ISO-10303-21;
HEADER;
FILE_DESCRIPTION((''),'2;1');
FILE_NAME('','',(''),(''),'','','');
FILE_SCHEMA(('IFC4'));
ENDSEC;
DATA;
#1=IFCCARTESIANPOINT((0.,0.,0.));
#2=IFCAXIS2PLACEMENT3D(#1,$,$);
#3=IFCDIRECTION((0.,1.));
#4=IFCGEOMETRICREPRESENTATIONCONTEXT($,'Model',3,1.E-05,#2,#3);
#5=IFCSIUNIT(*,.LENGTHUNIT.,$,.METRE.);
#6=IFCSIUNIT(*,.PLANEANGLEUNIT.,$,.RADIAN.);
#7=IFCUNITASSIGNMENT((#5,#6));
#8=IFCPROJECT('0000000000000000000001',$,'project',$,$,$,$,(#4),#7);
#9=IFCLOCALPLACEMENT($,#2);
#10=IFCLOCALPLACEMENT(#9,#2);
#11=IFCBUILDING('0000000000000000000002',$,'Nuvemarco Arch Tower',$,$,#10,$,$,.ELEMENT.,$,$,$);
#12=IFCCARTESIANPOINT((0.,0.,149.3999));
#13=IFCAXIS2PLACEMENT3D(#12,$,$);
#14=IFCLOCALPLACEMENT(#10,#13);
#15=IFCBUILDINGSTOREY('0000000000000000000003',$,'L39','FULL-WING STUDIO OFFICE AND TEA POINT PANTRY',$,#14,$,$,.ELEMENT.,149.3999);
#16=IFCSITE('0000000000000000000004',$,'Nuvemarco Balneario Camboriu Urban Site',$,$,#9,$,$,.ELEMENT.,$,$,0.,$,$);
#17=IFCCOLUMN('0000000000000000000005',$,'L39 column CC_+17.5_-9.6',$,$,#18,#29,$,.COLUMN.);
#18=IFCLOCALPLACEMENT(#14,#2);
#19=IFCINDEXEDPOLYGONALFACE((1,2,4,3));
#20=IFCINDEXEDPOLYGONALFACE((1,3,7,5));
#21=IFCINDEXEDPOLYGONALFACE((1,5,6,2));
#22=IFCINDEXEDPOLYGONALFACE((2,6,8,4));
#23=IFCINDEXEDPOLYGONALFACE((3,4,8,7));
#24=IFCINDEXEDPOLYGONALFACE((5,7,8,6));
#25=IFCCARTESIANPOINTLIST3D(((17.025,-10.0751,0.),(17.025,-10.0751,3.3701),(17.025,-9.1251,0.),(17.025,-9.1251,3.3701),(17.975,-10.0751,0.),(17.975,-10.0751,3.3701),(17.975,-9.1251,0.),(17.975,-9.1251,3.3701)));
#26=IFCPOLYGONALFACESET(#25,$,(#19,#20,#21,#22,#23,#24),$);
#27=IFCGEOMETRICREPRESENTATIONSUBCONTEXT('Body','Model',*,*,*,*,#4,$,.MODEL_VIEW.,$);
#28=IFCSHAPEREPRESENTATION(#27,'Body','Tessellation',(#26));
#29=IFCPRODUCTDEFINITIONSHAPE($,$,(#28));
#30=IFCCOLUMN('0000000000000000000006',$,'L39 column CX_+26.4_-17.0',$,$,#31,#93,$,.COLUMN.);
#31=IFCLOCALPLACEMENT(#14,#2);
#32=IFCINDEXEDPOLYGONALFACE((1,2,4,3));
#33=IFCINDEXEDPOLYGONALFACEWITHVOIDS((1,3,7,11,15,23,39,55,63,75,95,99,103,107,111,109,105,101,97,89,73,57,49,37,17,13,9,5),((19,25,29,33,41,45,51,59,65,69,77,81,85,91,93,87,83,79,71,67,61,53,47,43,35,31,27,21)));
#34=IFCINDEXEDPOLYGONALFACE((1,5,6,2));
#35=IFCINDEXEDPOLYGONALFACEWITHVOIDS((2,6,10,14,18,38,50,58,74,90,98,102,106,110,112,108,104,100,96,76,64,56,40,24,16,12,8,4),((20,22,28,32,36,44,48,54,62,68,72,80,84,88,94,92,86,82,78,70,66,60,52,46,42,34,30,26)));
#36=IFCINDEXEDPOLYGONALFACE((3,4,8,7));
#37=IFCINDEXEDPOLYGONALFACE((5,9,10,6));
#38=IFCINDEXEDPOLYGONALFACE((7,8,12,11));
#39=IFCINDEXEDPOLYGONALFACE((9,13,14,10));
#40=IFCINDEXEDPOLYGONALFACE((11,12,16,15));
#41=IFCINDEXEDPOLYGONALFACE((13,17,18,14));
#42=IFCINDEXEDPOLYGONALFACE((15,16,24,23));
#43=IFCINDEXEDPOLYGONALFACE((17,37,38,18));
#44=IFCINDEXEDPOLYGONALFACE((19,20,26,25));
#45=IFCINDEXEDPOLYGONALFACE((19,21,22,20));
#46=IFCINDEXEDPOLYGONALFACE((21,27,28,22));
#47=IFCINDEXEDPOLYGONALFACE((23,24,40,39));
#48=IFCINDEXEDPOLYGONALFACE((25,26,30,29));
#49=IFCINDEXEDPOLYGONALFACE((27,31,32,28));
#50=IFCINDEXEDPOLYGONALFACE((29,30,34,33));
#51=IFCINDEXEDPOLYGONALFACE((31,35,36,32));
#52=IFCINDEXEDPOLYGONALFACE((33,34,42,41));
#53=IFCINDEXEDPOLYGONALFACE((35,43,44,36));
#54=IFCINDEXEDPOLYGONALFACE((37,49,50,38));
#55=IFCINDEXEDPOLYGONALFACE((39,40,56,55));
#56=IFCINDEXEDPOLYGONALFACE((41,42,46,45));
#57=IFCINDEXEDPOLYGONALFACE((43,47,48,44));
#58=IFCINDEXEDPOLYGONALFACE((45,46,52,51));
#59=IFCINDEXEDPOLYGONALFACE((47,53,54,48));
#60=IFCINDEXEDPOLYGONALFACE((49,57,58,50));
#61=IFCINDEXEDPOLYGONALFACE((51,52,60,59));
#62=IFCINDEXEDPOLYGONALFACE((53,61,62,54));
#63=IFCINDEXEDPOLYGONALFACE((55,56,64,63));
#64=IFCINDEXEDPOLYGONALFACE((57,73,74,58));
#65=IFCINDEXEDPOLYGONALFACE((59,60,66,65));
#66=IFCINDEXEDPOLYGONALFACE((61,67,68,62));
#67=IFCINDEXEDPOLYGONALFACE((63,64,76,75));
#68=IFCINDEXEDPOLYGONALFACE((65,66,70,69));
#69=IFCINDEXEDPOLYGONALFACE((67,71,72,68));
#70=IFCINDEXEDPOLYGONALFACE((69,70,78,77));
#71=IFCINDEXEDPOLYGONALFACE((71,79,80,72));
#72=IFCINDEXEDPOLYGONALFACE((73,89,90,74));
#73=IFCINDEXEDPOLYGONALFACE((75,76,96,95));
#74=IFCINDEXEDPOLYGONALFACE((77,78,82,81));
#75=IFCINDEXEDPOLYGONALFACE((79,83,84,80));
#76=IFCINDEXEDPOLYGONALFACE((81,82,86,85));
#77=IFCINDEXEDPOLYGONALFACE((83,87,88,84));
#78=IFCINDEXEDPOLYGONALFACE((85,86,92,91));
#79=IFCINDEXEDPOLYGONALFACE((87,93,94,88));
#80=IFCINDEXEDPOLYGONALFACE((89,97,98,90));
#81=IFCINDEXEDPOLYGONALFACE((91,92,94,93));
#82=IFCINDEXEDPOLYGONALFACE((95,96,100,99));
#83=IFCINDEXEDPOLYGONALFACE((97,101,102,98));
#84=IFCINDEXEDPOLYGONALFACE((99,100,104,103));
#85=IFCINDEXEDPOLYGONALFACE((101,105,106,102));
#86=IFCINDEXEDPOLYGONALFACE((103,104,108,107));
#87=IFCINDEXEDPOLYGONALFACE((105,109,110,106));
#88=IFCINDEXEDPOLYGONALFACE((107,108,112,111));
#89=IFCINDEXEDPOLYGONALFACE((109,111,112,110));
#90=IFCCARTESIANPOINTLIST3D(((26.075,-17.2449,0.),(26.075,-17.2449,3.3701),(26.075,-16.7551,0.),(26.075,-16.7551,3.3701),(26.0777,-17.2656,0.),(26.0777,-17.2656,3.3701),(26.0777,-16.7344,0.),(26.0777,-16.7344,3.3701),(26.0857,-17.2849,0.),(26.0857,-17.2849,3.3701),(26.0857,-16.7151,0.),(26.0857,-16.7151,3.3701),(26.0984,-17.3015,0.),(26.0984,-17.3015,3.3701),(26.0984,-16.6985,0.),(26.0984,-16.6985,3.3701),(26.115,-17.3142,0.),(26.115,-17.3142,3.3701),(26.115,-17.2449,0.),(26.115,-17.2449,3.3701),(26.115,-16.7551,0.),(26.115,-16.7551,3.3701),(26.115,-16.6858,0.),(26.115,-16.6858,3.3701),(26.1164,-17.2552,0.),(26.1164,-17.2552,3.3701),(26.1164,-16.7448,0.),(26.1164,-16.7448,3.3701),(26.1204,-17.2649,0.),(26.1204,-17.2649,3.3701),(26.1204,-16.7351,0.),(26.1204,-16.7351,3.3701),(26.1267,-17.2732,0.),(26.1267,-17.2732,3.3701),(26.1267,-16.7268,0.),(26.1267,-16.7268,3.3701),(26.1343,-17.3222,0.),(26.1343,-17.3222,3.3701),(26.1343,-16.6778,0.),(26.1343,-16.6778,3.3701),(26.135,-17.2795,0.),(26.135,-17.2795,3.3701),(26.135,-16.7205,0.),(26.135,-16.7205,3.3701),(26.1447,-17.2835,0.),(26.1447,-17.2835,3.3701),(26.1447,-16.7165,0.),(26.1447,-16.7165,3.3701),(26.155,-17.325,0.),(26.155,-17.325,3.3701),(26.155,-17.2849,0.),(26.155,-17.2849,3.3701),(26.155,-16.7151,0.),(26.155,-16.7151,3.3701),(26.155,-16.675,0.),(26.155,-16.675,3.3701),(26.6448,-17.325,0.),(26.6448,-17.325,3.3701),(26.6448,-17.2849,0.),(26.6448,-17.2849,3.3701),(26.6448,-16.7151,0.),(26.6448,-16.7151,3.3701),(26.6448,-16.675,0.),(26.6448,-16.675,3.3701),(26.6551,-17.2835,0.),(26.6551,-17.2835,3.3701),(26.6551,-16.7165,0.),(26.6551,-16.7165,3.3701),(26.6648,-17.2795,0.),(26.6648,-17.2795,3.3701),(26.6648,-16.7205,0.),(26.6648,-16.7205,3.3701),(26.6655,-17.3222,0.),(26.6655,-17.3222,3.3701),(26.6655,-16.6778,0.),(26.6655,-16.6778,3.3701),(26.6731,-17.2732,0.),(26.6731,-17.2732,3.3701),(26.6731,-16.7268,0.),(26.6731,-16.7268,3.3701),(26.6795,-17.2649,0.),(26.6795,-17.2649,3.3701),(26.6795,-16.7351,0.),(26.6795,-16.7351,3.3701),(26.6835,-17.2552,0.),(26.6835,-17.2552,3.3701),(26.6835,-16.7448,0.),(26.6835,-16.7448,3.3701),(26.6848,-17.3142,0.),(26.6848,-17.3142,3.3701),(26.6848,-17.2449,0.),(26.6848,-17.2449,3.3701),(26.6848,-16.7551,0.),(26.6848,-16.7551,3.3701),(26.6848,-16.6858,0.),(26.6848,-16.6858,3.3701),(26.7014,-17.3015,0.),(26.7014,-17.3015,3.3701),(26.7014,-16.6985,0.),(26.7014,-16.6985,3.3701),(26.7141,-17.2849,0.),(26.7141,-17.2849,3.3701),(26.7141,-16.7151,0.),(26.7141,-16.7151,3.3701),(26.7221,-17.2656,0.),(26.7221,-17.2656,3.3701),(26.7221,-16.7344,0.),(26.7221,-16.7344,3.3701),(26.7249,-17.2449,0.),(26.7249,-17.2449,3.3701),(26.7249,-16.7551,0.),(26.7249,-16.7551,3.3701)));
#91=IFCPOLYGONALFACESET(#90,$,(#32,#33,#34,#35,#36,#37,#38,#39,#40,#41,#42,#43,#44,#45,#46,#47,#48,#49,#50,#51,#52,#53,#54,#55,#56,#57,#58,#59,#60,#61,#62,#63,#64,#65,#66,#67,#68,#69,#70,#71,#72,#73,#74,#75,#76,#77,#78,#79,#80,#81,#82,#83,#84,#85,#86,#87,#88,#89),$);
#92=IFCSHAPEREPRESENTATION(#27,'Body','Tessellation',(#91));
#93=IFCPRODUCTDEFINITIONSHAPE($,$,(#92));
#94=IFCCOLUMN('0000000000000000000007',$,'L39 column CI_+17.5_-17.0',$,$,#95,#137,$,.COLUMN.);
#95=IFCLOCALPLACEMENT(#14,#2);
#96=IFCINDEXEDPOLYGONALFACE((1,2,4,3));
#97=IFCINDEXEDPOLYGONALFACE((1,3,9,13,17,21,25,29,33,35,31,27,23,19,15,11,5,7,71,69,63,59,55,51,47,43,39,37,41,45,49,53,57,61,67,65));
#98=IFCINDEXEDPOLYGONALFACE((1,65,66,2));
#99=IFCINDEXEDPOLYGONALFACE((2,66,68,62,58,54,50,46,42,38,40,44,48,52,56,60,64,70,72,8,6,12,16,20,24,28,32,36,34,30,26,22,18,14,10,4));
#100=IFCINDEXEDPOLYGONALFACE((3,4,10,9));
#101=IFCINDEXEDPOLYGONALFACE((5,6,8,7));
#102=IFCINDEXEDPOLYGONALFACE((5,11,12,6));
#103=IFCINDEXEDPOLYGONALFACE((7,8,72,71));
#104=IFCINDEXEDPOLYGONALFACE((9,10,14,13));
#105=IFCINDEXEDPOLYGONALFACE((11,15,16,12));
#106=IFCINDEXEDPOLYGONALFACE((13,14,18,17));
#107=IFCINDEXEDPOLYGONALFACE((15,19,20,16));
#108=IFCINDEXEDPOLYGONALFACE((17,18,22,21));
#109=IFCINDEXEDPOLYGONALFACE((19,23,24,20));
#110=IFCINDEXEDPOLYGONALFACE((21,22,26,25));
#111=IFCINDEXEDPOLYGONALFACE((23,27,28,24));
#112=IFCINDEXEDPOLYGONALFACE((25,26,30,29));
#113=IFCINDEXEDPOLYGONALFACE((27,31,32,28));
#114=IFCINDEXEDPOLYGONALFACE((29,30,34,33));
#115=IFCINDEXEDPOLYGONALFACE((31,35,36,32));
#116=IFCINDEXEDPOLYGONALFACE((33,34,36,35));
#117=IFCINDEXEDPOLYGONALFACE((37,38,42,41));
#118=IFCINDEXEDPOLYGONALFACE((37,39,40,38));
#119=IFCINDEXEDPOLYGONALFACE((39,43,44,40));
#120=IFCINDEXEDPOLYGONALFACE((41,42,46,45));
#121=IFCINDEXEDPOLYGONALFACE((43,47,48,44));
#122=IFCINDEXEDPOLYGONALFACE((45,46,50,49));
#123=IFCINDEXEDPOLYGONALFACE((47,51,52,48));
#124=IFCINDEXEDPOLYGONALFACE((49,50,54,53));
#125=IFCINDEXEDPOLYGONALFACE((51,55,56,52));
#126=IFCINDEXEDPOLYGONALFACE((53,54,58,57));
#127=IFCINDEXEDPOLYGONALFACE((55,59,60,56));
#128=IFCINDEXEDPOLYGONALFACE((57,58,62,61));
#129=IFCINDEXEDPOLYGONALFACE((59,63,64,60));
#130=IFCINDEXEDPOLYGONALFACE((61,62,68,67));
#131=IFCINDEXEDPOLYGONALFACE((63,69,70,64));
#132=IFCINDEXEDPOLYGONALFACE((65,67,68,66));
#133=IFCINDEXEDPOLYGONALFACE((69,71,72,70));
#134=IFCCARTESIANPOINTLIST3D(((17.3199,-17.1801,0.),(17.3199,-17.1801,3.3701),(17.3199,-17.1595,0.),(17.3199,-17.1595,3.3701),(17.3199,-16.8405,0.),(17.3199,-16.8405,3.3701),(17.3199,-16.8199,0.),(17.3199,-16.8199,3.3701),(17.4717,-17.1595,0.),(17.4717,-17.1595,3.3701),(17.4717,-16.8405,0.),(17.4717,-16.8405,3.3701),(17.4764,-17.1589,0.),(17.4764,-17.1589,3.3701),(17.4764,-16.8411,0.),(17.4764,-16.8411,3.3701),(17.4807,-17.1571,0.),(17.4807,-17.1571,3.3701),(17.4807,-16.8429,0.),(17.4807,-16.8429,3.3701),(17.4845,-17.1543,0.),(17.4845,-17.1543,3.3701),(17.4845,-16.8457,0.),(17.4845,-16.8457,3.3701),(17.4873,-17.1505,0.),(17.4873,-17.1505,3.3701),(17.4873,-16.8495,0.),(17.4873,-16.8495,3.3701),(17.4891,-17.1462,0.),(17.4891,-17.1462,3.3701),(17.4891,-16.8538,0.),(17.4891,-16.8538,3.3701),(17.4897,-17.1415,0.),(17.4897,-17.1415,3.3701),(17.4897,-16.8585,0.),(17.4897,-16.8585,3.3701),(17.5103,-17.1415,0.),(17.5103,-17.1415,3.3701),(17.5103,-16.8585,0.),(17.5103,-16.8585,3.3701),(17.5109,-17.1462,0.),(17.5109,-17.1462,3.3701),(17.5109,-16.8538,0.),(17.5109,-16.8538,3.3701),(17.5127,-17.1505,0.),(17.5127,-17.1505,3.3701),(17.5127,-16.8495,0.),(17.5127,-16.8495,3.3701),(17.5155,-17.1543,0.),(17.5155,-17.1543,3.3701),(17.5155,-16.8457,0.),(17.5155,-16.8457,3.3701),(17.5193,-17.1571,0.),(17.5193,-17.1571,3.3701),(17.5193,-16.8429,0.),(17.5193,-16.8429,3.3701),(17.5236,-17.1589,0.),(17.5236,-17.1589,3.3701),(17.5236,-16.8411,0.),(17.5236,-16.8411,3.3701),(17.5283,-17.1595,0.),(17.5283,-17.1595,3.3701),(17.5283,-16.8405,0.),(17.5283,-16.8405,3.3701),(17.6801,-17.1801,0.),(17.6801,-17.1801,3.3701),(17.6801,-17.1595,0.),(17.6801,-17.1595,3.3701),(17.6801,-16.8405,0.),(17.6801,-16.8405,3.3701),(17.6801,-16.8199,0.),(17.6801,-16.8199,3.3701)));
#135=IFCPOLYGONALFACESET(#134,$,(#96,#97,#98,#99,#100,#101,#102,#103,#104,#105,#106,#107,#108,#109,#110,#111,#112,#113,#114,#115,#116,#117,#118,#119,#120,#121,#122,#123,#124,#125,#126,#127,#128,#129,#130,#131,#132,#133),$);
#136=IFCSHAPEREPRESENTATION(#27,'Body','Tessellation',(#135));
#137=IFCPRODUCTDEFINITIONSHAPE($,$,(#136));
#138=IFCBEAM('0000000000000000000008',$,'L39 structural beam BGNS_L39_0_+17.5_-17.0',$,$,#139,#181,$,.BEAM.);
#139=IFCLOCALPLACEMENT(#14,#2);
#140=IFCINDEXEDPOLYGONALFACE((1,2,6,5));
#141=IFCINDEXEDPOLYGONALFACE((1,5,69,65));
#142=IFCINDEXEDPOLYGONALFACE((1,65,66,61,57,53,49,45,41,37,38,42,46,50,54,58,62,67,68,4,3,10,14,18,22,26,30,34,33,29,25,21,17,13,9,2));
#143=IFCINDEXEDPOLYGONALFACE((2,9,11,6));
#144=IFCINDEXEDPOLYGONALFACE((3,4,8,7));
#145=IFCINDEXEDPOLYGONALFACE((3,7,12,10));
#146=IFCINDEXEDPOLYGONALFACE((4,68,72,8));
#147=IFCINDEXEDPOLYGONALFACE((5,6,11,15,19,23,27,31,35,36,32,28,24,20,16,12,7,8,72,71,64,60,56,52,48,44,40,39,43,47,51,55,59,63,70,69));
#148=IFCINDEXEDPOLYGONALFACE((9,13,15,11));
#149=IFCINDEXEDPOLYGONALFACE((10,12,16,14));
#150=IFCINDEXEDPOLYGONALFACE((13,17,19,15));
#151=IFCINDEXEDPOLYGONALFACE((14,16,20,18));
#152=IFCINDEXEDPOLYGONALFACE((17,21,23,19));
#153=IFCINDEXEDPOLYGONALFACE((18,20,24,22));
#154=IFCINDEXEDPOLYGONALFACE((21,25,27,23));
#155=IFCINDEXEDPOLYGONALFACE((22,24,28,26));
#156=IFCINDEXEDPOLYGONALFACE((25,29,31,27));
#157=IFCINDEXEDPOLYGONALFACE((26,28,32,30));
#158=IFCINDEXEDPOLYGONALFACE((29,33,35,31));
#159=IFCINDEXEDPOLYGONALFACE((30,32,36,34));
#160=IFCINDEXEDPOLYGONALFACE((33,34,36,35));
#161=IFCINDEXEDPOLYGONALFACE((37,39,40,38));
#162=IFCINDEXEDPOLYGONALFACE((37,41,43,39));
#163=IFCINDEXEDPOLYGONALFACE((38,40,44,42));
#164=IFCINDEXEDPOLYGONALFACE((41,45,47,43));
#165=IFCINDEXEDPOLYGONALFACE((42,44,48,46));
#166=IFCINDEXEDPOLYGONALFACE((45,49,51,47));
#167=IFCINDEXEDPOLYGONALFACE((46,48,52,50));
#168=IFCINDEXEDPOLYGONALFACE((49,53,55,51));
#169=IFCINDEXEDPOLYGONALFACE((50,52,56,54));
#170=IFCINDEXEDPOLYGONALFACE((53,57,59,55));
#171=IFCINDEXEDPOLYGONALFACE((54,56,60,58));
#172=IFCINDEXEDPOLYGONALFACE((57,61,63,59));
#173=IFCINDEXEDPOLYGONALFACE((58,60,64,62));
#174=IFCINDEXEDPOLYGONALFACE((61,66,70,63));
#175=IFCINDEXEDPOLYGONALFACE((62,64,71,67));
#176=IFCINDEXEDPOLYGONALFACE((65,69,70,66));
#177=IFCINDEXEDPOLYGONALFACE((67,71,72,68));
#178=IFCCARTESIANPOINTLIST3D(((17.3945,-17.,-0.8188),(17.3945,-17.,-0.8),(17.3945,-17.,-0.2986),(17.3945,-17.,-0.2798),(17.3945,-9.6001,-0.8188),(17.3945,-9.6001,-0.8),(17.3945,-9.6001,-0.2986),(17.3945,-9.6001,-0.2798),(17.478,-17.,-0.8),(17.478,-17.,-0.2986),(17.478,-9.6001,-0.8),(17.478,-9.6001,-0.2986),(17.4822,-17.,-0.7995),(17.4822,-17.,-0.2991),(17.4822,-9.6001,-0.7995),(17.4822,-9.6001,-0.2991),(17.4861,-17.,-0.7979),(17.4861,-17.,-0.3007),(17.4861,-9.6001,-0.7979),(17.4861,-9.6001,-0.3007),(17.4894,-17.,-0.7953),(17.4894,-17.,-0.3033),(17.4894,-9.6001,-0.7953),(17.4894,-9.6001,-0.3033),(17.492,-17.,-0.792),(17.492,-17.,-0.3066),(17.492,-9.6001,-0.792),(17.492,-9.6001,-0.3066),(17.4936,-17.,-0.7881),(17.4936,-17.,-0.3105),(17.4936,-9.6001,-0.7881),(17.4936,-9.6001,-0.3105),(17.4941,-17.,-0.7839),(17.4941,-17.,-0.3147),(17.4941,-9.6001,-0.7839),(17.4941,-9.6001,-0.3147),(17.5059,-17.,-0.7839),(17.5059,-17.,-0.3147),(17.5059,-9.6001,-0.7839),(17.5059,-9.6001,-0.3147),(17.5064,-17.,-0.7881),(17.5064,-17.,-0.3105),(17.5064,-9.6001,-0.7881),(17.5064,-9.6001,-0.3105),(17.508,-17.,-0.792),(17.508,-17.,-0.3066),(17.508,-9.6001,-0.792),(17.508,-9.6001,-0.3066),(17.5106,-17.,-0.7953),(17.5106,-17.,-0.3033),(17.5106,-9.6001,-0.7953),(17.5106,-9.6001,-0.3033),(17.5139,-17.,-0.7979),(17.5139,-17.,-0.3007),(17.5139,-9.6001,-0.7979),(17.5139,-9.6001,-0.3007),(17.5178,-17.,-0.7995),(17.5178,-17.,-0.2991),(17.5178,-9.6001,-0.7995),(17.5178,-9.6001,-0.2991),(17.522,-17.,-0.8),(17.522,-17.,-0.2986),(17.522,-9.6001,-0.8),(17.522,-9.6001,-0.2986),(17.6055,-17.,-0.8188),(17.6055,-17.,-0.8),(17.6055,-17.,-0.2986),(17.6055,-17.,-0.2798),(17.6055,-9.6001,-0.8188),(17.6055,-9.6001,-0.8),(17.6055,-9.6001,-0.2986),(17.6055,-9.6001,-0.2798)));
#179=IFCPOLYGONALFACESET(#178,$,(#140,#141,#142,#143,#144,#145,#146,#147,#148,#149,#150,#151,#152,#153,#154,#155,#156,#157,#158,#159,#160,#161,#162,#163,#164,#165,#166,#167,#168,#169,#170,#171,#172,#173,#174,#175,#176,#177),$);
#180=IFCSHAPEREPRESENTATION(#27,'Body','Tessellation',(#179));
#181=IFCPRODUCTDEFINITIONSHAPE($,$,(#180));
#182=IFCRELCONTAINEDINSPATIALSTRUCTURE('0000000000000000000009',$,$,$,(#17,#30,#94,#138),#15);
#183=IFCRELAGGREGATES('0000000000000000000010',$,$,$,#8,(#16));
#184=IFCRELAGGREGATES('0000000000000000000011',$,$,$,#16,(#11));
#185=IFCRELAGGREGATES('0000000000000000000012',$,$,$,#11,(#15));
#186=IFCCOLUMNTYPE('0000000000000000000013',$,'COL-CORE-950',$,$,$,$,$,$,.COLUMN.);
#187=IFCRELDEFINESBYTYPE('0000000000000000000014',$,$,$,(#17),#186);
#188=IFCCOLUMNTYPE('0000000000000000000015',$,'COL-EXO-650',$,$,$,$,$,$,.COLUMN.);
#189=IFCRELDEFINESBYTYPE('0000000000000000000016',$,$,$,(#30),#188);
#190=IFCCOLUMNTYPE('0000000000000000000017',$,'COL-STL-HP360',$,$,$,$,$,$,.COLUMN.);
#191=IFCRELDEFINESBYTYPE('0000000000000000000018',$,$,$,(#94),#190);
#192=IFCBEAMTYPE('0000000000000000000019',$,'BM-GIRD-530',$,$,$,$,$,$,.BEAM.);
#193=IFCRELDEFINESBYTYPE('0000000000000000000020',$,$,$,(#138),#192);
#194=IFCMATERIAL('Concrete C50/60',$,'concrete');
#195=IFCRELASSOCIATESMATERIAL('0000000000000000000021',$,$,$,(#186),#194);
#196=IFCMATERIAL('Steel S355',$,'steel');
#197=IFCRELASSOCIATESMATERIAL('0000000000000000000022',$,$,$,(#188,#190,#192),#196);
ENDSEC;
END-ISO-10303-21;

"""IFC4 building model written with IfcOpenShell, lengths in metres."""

from ifc_helpers import new_model, si_unit, direction, frame, origin, origin_2d, place, context, subcontext, project, spatial, rectangle, hollow_rectangle, i_section, extrude, material, material_profile, profile_set, type_object, element, save


model = new_model("IFC4")

# Units and contexts
model_context = context("Model", 3, precision=1e-05, world=origin(), true_north=direction((0.0, 1.0)))
body_context = subcontext(model_context, "Body", "Model", "MODEL_VIEW")
ifc_project = project(units=[si_unit("LENGTHUNIT", "METRE"), si_unit("PLANEANGLEUNIT", "RADIAN")], contexts=[model_context])

# Site, building, storey
site_placement = place(None, origin())
site = spatial("IfcSite", under=ifc_project, at=site_placement, Name="Nuvemarco Balneario Camboriu Urban Site", CompositionType="ELEMENT", RefElevation=0.0)
building_placement = place(site_placement, origin())
building = spatial("IfcBuilding", under=site, at=building_placement, Name="Nuvemarco Arch Tower", CompositionType="ELEMENT")
storey_placement = place(building_placement, frame((0.0, 0.0, 149.3999)))
storey = spatial("IfcBuildingStorey", under=building, at=storey_placement, Name="L39", Description="FULL-WING STUDIO OFFICE AND TEA POINT PANTRY", CompositionType="ELEMENT", Elevation=149.3999)

# Columns
ifc_material_1 = material(Name="Concrete C50/60", Category="concrete")
ifc_material_profile_1 = material_profile(ifc_material_1, rectangle(XDim=0.95, YDim=0.95, at=origin_2d()), Name="RC-COL-950x950")
ifc_profile_set_1 = profile_set([ifc_material_profile_1], Name="Concrete C50/60")
column_type_1 = type_object("IfcColumnType", Name="COL-CORE-950", PredefinedType="COLUMN", material=ifc_profile_set_1)
column_1_placement = place(storey_placement, frame((17.5, -9.6001, 0.0), z_axis=(0.0, 0.0, 1.0), x_axis=(1.0, 0.0, 0.0)))
element("IfcColumn", 1, at=column_1_placement, inside=storey, type_object=column_type_1, Name="L39 column CC_+17.5_-9.6", PredefinedType="COLUMN", context=body_context, shape_type="SweptSolid", body=[
    extrude(rectangle(XDim=0.95, YDim=0.95, at=origin_2d()), origin(), (0.0, 0.0, 1.0), 3.3701),
])
ifc_material_2 = material(Name="Steel S355", Category="steel")
ifc_material_profile_2 = material_profile(ifc_material_2, hollow_rectangle(XDim=0.6499, YDim=0.6499, WallThickness=0.04, InnerFilletRadius=0.04, OuterFilletRadius=0.0801, at=origin_2d()), Name="SHS650x650x40")
ifc_profile_set_2 = profile_set([ifc_material_profile_2], Name="Steel S355")
column_type_2 = type_object("IfcColumnType", Name="COL-EXO-650", PredefinedType="COLUMN", material=ifc_profile_set_2)
column_2_placement = place(storey_placement, frame((26.3999, -17.0, 0.0), z_axis=(0.0, 0.0, 1.0), x_axis=(1.0, 0.0, 0.0)))
element("IfcColumn", 2, at=column_2_placement, inside=storey, type_object=column_type_2, Name="L39 column CX_+26.4_-17.0", PredefinedType="COLUMN", context=body_context, shape_type="SweptSolid", body=[
    extrude(hollow_rectangle(XDim=0.6499, YDim=0.6499, WallThickness=0.04, InnerFilletRadius=0.04, OuterFilletRadius=0.0801, at=origin_2d()), origin(), (0.0, 0.0, 1.0), 3.3701),
])
ifc_material_profile_3 = material_profile(ifc_material_2, i_section(OverallWidth=0.3601, OverallDepth=0.3601, WebThickness=0.0205, FlangeThickness=0.0205, FilletRadius=0.0181, at=origin_2d()), Name="HP360x174")
ifc_profile_set_3 = profile_set([ifc_material_profile_3], Name="Steel S355")
column_type_3 = type_object("IfcColumnType", Name="COL-STL-HP360", PredefinedType="COLUMN", material=ifc_profile_set_3)
column_3_placement = place(storey_placement, frame((17.5, -17.0, 0.0), z_axis=(0.0, 0.0, 1.0), x_axis=(1.0, 0.0, 0.0)))
element("IfcColumn", 3, at=column_3_placement, inside=storey, type_object=column_type_3, Name="L39 column CI_+17.5_-17.0", PredefinedType="COLUMN", context=body_context, shape_type="SweptSolid", body=[
    extrude(i_section(OverallWidth=0.3601, OverallDepth=0.3601, WebThickness=0.0205, FlangeThickness=0.0205, FilletRadius=0.0181, at=origin_2d()), origin(), (0.0, 0.0, 1.0), 3.3701),
])

# Beam
ifc_material_profile_4 = material_profile(ifc_material_2, i_section(OverallWidth=0.2109, OverallDepth=0.5391, WebThickness=0.0117, FlangeThickness=0.0188, FilletRadius=0.0161, at=origin_2d()), Name="W530x109")
ifc_profile_set_4 = profile_set([ifc_material_profile_4], Name="Steel S355")
beam_type_1 = type_object("IfcBeamType", Name="BM-GIRD-530", PredefinedType="BEAM", material=ifc_profile_set_4)
beam_1_placement = place(storey_placement, frame((17.5, -17.0, -0.5493), z_axis=(0.0, 1.0, 0.0), x_axis=(-1.0, 0.0, 0.0)))
element("IfcBeam", 4, at=beam_1_placement, inside=storey, type_object=beam_type_1, Name="L39 structural beam BGNS_L39_0_+17.5_-17.0", PredefinedType="BEAM", context=body_context, shape_type="SweptSolid", body=[
    extrude(i_section(OverallWidth=0.2109, OverallDepth=0.5391, WebThickness=0.0117, FlangeThickness=0.0188, FilletRadius=0.0161, at=origin_2d()), origin(), (0.0, 0.0, 1.0), 7.3999),
])

save(model, "model.ifc")
